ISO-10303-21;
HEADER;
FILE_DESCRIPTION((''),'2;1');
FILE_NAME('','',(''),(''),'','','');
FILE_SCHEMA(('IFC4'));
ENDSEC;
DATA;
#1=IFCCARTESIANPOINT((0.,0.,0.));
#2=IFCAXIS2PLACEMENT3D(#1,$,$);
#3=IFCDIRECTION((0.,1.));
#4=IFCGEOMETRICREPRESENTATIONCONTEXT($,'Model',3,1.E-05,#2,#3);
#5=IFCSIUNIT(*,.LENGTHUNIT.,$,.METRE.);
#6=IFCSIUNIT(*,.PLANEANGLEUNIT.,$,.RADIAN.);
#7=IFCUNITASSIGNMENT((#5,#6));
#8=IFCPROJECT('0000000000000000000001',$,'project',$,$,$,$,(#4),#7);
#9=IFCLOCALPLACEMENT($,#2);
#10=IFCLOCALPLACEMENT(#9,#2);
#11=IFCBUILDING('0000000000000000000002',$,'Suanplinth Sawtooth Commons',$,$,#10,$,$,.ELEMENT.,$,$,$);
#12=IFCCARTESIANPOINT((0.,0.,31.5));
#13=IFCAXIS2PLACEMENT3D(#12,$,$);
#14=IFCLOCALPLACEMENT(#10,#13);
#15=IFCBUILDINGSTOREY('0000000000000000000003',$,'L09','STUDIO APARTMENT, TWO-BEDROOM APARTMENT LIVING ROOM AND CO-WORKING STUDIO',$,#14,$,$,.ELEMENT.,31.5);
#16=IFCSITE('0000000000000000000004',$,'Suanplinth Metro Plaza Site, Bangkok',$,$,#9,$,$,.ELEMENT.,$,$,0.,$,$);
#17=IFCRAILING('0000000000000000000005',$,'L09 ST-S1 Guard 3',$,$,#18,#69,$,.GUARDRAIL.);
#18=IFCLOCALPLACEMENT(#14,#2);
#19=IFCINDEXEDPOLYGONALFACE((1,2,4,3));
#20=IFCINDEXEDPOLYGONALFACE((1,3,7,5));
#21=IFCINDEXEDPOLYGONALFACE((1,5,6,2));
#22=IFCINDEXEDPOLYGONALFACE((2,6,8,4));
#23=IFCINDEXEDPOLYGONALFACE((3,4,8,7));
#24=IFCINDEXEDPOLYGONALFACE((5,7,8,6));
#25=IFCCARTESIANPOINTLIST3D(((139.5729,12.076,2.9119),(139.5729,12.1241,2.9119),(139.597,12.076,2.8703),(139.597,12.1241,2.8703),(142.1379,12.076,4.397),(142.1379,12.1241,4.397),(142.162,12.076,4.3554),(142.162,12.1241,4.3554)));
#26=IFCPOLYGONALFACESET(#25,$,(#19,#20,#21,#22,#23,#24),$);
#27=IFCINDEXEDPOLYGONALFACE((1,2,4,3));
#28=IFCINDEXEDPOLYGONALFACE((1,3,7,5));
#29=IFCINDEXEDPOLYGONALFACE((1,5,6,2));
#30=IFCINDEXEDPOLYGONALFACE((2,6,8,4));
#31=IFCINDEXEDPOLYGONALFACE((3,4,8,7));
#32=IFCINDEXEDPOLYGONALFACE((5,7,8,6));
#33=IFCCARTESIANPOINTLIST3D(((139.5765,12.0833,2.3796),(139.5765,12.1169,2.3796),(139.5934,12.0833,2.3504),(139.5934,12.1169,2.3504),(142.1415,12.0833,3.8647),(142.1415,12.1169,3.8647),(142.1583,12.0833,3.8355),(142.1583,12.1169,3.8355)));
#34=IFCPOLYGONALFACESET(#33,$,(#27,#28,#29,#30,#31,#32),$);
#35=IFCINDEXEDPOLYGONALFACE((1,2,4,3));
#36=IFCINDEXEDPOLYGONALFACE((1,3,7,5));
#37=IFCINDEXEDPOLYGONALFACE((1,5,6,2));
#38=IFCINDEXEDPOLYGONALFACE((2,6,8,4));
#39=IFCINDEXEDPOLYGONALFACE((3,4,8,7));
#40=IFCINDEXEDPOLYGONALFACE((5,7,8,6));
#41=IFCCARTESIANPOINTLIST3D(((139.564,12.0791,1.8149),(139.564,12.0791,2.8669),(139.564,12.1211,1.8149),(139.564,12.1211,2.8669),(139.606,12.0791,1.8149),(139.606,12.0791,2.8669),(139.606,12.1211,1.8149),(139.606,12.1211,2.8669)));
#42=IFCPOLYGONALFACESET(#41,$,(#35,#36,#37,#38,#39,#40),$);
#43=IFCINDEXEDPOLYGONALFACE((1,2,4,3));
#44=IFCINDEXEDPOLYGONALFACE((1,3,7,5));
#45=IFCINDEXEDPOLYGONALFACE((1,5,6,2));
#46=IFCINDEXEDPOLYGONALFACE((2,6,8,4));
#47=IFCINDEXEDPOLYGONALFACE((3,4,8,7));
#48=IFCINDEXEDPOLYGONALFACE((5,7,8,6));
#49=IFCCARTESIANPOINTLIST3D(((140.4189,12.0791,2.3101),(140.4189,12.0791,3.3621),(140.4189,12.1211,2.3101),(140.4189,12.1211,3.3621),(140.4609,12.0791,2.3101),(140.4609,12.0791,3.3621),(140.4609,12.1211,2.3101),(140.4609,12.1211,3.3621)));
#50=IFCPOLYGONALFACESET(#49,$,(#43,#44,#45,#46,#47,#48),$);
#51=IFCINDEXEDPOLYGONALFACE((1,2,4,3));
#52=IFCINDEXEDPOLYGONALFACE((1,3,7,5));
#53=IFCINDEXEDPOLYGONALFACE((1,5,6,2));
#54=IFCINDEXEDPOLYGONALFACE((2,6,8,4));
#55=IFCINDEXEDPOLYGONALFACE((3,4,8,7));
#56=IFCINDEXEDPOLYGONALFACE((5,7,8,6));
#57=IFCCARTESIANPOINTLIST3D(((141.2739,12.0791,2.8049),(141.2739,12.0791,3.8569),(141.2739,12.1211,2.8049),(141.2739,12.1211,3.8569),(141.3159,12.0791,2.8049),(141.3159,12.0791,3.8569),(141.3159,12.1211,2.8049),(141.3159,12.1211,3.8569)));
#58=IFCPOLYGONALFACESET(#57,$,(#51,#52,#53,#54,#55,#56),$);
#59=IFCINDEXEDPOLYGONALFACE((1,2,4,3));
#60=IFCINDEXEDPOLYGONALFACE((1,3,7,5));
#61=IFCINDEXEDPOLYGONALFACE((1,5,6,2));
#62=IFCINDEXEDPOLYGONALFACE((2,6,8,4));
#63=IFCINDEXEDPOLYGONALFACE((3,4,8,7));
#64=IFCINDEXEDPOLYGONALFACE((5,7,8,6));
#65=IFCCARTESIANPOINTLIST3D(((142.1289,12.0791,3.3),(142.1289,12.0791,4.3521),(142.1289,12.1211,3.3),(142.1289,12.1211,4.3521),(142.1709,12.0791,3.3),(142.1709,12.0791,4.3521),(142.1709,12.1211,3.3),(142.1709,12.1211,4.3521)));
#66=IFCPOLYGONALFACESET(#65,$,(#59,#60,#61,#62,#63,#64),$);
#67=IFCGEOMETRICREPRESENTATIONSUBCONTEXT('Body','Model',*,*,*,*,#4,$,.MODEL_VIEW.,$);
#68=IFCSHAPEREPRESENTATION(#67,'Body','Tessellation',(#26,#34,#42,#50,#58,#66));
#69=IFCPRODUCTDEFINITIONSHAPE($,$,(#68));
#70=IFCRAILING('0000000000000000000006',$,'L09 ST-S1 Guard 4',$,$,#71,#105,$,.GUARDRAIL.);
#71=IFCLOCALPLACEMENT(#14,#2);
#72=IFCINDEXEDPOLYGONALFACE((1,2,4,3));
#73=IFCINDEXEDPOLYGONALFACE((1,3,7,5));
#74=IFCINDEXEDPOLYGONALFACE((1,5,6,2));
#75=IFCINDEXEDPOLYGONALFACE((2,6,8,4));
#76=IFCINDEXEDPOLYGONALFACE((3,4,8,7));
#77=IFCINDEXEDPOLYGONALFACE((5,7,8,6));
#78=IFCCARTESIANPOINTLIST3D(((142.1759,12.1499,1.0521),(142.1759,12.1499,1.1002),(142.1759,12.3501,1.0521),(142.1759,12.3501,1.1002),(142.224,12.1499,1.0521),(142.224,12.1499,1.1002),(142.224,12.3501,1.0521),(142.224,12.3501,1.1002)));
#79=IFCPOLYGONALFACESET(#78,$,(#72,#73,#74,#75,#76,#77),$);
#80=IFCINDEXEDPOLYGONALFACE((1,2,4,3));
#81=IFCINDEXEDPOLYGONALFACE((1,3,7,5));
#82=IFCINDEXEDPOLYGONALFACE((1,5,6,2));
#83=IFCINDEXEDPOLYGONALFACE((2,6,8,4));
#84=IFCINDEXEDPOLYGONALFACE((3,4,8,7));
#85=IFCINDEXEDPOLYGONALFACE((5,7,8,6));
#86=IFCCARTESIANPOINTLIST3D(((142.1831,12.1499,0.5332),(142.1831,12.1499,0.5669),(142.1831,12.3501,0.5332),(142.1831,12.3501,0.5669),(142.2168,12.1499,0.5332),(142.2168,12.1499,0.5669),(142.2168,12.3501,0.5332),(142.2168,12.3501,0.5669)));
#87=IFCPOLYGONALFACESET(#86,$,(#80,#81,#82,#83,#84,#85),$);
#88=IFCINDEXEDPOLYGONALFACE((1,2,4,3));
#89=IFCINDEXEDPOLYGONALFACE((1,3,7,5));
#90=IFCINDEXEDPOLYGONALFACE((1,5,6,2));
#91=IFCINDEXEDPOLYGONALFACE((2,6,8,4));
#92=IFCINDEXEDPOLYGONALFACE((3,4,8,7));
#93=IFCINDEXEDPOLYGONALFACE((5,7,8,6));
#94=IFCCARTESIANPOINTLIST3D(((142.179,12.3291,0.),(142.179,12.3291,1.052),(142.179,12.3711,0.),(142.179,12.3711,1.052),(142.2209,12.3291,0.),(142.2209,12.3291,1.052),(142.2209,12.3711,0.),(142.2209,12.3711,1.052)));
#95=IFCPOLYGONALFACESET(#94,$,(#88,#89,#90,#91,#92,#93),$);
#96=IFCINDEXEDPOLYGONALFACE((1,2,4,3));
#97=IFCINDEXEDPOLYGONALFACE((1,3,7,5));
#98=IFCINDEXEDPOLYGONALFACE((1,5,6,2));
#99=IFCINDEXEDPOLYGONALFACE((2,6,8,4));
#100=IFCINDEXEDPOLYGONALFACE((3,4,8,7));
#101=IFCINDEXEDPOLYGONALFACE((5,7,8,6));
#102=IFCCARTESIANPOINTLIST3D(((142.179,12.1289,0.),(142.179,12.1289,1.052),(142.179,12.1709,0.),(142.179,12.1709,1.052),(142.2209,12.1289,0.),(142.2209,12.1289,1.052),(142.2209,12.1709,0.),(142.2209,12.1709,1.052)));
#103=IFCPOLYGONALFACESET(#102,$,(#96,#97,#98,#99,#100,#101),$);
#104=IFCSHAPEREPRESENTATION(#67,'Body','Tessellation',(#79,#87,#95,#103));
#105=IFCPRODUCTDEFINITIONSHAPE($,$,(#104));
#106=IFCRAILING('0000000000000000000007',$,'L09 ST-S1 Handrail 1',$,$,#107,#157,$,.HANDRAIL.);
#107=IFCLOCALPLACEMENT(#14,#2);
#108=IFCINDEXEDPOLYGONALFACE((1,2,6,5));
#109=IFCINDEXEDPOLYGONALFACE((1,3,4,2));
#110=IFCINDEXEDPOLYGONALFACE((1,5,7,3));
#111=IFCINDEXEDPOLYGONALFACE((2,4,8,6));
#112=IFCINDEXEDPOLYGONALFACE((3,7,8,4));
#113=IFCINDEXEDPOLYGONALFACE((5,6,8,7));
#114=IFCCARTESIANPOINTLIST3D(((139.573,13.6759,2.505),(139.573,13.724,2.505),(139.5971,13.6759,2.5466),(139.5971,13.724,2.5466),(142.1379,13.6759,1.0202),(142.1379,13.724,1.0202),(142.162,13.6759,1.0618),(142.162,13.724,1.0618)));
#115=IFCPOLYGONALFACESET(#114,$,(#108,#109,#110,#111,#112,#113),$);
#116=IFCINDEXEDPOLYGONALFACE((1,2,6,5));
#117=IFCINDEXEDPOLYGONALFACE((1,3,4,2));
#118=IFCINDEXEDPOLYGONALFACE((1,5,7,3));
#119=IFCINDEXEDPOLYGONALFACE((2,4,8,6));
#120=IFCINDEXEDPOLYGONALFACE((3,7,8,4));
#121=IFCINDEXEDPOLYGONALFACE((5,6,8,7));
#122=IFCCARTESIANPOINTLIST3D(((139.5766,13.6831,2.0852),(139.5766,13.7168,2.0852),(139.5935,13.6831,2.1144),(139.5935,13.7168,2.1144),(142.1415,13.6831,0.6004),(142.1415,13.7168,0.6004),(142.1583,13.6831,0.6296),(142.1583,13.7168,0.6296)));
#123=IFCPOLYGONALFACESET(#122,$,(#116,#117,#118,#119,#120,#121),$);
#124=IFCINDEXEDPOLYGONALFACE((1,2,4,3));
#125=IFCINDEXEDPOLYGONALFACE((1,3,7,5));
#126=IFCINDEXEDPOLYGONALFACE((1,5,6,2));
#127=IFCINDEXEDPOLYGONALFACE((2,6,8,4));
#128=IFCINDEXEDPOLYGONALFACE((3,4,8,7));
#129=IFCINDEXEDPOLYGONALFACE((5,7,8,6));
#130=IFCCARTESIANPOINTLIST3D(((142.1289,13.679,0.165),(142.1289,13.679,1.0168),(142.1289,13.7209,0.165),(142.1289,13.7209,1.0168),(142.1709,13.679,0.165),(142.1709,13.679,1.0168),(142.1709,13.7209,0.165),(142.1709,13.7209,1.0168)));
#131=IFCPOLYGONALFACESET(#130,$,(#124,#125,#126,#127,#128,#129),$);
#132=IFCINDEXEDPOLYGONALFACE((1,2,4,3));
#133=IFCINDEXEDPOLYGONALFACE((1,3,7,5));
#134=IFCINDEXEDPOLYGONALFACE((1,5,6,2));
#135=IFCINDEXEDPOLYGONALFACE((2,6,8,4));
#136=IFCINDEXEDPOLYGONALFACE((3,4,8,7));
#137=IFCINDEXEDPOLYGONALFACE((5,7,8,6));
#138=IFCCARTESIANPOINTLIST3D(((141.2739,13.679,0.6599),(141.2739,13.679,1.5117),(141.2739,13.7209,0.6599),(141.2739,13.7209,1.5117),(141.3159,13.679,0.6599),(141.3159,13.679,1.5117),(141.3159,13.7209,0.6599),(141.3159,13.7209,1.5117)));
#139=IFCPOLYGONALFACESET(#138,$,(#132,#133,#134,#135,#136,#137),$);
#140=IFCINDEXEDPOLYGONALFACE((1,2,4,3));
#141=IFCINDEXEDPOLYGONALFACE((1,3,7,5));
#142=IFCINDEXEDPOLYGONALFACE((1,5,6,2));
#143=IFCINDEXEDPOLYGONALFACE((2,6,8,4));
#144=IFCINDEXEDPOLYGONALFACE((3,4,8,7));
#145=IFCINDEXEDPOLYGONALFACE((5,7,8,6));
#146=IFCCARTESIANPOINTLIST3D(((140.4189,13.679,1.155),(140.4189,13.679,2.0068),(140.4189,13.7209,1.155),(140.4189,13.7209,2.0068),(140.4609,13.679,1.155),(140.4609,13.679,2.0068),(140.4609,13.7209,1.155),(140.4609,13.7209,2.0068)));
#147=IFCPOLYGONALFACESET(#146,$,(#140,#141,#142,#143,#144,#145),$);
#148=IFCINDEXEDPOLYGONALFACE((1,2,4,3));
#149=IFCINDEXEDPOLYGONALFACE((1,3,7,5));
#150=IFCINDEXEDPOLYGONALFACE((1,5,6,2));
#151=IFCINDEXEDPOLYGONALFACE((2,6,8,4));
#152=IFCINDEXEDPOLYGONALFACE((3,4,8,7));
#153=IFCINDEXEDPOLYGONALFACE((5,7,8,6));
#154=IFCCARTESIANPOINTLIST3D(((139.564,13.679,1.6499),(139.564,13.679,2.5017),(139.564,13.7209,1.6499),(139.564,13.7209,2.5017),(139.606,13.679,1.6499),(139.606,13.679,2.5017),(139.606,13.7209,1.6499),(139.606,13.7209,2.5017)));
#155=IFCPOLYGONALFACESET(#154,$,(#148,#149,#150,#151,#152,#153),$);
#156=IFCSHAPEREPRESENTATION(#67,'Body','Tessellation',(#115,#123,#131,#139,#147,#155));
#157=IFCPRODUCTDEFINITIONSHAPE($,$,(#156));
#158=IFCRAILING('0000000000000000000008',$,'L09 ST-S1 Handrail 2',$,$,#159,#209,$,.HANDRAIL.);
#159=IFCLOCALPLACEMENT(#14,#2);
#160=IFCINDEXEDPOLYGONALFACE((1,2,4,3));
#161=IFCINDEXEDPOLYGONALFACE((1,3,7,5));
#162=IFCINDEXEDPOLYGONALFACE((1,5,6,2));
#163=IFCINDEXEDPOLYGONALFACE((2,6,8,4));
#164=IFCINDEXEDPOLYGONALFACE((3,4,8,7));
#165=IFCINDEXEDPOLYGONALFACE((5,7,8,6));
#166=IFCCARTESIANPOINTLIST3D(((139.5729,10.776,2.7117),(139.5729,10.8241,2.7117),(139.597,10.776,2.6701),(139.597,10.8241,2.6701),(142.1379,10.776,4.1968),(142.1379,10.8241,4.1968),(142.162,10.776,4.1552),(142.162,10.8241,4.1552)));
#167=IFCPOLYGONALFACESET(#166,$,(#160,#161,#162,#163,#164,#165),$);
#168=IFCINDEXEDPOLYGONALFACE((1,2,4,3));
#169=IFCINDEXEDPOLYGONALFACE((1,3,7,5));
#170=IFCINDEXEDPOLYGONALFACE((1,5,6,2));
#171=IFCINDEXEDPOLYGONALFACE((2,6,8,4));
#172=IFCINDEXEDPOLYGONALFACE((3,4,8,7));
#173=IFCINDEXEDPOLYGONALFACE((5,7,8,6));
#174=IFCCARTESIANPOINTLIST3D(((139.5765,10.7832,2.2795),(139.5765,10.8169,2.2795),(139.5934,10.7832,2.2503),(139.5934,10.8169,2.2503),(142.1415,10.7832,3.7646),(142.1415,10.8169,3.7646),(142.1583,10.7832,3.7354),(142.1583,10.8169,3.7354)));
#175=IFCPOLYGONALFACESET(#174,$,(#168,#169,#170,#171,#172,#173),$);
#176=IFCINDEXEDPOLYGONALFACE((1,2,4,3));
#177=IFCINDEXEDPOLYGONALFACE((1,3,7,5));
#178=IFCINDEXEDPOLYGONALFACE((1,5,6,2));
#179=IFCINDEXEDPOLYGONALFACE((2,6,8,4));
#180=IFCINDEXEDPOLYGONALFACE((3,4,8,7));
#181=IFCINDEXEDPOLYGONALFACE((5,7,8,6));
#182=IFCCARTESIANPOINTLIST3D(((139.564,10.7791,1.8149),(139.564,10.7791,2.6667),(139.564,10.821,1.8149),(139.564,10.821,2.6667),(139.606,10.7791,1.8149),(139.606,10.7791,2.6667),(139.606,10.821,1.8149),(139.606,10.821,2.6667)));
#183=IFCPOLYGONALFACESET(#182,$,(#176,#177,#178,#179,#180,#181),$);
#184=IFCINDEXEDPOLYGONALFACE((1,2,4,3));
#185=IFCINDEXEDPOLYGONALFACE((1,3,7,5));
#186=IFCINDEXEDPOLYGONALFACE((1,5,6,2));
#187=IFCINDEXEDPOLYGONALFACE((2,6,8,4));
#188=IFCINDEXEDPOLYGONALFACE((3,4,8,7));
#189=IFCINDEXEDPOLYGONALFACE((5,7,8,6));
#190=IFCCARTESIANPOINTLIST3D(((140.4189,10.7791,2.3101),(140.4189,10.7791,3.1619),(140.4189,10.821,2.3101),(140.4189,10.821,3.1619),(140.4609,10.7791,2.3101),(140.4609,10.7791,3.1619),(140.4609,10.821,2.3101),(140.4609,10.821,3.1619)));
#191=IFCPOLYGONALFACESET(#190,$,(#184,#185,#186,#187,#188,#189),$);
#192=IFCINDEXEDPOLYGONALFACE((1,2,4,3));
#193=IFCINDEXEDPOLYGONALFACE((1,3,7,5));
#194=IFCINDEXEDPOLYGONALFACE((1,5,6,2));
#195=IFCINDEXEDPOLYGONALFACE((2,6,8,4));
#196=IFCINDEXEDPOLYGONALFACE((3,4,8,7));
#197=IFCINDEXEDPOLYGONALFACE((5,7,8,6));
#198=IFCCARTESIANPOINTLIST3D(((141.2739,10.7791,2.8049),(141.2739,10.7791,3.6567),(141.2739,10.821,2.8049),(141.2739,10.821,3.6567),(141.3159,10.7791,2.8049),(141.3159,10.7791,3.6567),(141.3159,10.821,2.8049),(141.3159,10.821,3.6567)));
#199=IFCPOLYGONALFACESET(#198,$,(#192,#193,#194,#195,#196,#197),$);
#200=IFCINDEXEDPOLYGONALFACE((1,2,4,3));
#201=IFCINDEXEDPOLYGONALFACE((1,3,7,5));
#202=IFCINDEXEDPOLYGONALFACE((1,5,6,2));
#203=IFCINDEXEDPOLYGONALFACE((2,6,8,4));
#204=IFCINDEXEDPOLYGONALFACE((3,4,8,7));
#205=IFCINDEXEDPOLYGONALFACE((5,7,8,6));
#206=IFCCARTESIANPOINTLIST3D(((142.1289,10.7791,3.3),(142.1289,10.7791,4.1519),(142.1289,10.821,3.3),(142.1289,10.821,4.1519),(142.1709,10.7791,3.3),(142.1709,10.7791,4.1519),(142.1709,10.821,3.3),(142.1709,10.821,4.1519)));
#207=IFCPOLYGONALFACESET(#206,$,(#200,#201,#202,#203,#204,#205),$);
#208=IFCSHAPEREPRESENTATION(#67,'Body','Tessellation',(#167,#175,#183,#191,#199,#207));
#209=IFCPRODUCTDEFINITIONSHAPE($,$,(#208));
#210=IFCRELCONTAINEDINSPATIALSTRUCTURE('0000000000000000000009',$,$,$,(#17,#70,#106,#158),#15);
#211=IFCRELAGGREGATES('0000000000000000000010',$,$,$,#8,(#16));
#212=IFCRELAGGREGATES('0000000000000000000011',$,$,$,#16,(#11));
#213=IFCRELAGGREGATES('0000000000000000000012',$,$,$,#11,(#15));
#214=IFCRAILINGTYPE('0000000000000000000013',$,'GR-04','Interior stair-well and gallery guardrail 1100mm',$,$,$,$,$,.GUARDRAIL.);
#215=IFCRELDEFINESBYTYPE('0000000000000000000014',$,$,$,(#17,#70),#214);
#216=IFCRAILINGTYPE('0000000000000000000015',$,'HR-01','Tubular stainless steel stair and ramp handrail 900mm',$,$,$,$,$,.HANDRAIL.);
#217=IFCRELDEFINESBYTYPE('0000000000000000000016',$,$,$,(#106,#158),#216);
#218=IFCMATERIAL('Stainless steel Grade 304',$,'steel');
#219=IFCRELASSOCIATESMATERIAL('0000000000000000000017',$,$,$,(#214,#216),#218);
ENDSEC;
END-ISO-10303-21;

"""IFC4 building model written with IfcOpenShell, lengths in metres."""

from ifc_helpers import new_model, si_unit, direction, frame, origin, origin_2d, place, context, subcontext, project, spatial, rectangle, extrude, material, type_object, element, save


model = new_model("IFC4")

# Units and contexts
model_context = context("Model", 3, precision=1e-05, world=origin(), true_north=direction((0.0, 1.0)))
body_context = subcontext(model_context, "Body", "Model", "MODEL_VIEW")
ifc_project = project(units=[si_unit("LENGTHUNIT", "METRE"), si_unit("PLANEANGLEUNIT", "RADIAN")], contexts=[model_context])

# Site, building, storey
site_placement = place(None, origin())
site = spatial("IfcSite", under=ifc_project, at=site_placement, Name="Suanplinth Metro Plaza Site, Bangkok", CompositionType="ELEMENT", RefElevation=0.0)
building_placement = place(site_placement, origin())
building = spatial("IfcBuilding", under=site, at=building_placement, Name="Suanplinth Sawtooth Commons", CompositionType="ELEMENT")
storey_placement = place(building_placement, frame((0.0, 0.0, 31.5)))
storey = spatial("IfcBuildingStorey", under=building, at=storey_placement, Name="L09", Description="STUDIO APARTMENT, TWO-BEDROOM APARTMENT LIVING ROOM AND CO-WORKING STUDIO", CompositionType="ELEMENT", Elevation=31.5)

# Shared definitions
ifc_material_1 = material(Name="Stainless steel Grade 304", Category="steel")

# Railings
railing_type_1 = type_object("IfcRailingType", Name="GR-04", Description="Interior stair-well and gallery guardrail 1100mm", PredefinedType="GUARDRAIL", material=ifc_material_1)
railing_1_placement = place(storey_placement, frame((139.585, 12.1001, 1.8149)))
element("IfcRailing", 1, at=railing_1_placement, inside=storey, type_object=railing_type_1, Name="L09 ST-S1 Guard 3", PredefinedType="GUARDRAIL", context=body_context, shape_type="SweptSolid", body=[
    extrude(rectangle(XDim=0.0481, YDim=0.0481, at=origin_2d()), frame((0.0, 0.0, 1.0762), z_axis=(0.865406, 0.0, 0.501072), x_axis=(0.0, 1.0, 0.0)), (0.0, 0.0, 1.0), 2.9639),
    extrude(rectangle(XDim=0.0337, YDim=0.0337, at=origin_2d()), frame((0.0, 0.0, 0.55), z_axis=(0.865406, 0.0, 0.501072), x_axis=(0.0, 1.0, 0.0)), (0.0, 0.0, 1.0), 2.9639),
    extrude(rectangle(XDim=0.042, YDim=0.042, at=origin_2d()), origin(), (0.0, 0.0, 1.0), 1.052),
    extrude(rectangle(XDim=0.042, YDim=0.042, at=origin_2d()), frame((0.855, 0.0, 0.4951)), (0.0, 0.0, 1.0), 1.052),
    extrude(rectangle(XDim=0.042, YDim=0.042, at=origin_2d()), frame((1.71, 0.0, 0.99)), (0.0, 0.0, 1.0), 1.052),
    extrude(rectangle(XDim=0.042, YDim=0.042, at=origin_2d()), frame((2.5649, 0.0, 1.4851)), (0.0, 0.0, 1.0), 1.052),
])
railing_2_placement = place(storey_placement, frame((142.2, 12.3501, 0.0)))
element("IfcRailing", 2, at=railing_2_placement, inside=storey, type_object=railing_type_1, Name="L09 ST-S1 Guard 4", PredefinedType="GUARDRAIL", context=body_context, shape_type="SweptSolid", body=[
    extrude(rectangle(XDim=0.0481, YDim=0.0481, at=origin_2d()), frame((0.0, 0.0, 1.0762), z_axis=(0.0, -1.0, 0.0), x_axis=(1.0, 0.0, 0.0)), (0.0, 0.0, 1.0), 0.2002),
    extrude(rectangle(XDim=0.0337, YDim=0.0337, at=origin_2d()), frame((0.0, 0.0, 0.55), z_axis=(0.0, -1.0, 0.0), x_axis=(1.0, 0.0, 0.0)), (0.0, 0.0, 1.0), 0.2002),
    extrude(rectangle(XDim=0.042, YDim=0.042, at=origin_2d()), origin(), (0.0, 0.0, 1.0), 1.052),
    extrude(rectangle(XDim=0.042, YDim=0.042, at=origin_2d()), frame((0.0, -0.2002, 0.0)), (0.0, 0.0, 1.0), 1.052),
])
railing_type_2 = type_object("IfcRailingType", Name="HR-01", Description="Tubular stainless steel stair and ramp handrail 900mm", PredefinedType="HANDRAIL", material=ifc_material_1)
railing_3_placement = place(storey_placement, frame((142.1499, 13.7, 0.165)))
element("IfcRailing", 3, at=railing_3_placement, inside=storey, type_object=railing_type_2, Name="L09 ST-S1 Handrail 1", PredefinedType="HANDRAIL", context=body_context, shape_type="SweptSolid", body=[
    extrude(rectangle(XDim=0.0481, YDim=0.0481, at=origin_2d()), frame((0.0, 0.0, 0.876), z_axis=(-0.865441, 0.0, 0.50101), x_axis=(0.0, -1.0, 0.0)), (0.0, 0.0, 1.0), 2.9636),
    extrude(rectangle(XDim=0.0337, YDim=0.0337, at=origin_2d()), frame((0.0, 0.0, 0.45), z_axis=(-0.865441, 0.0, 0.50101), x_axis=(0.0, -1.0, 0.0)), (0.0, 0.0, 1.0), 2.9636),
    extrude(rectangle(XDim=0.042, YDim=0.042, at=origin_2d()), origin(), (0.0, 0.0, 1.0), 0.8518),
    extrude(rectangle(XDim=0.042, YDim=0.042, at=origin_2d()), frame((-0.855, 0.0, 0.4949)), (0.0, 0.0, 1.0), 0.8518),
    extrude(rectangle(XDim=0.042, YDim=0.042, at=origin_2d()), frame((-1.71, 0.0, 0.99)), (0.0, 0.0, 1.0), 0.8518),
    extrude(rectangle(XDim=0.042, YDim=0.042, at=origin_2d()), frame((-2.5649, 0.0, 1.4849)), (0.0, 0.0, 1.0), 0.8518),
])
railing_4_placement = place(storey_placement, frame((139.585, 10.8, 1.8149)))
element("IfcRailing", 4, at=railing_4_placement, inside=storey, type_object=railing_type_2, Name="L09 ST-S1 Handrail 2", PredefinedType="HANDRAIL", context=body_context, shape_type="SweptSolid", body=[
    extrude(rectangle(XDim=0.0481, YDim=0.0481, at=origin_2d()), frame((0.0, 0.0, 0.876), z_axis=(0.865406, 0.0, 0.501072), x_axis=(0.0, 1.0, 0.0)), (0.0, 0.0, 1.0), 2.9639),
    extrude(rectangle(XDim=0.0337, YDim=0.0337, at=origin_2d()), frame((0.0, 0.0, 0.45), z_axis=(0.865406, 0.0, 0.501072), x_axis=(0.0, 1.0, 0.0)), (0.0, 0.0, 1.0), 2.9639),
    extrude(rectangle(XDim=0.042, YDim=0.042, at=origin_2d()), origin(), (0.0, 0.0, 1.0), 0.8518),
    extrude(rectangle(XDim=0.042, YDim=0.042, at=origin_2d()), frame((0.855, 0.0, 0.4951)), (0.0, 0.0, 1.0), 0.8518),
    extrude(rectangle(XDim=0.042, YDim=0.042, at=origin_2d()), frame((1.71, 0.0, 0.99)), (0.0, 0.0, 1.0), 0.8518),
    extrude(rectangle(XDim=0.042, YDim=0.042, at=origin_2d()), frame((2.5649, 0.0, 1.4851)), (0.0, 0.0, 1.0), 0.8518),
])

save(model, "model.ifc")
